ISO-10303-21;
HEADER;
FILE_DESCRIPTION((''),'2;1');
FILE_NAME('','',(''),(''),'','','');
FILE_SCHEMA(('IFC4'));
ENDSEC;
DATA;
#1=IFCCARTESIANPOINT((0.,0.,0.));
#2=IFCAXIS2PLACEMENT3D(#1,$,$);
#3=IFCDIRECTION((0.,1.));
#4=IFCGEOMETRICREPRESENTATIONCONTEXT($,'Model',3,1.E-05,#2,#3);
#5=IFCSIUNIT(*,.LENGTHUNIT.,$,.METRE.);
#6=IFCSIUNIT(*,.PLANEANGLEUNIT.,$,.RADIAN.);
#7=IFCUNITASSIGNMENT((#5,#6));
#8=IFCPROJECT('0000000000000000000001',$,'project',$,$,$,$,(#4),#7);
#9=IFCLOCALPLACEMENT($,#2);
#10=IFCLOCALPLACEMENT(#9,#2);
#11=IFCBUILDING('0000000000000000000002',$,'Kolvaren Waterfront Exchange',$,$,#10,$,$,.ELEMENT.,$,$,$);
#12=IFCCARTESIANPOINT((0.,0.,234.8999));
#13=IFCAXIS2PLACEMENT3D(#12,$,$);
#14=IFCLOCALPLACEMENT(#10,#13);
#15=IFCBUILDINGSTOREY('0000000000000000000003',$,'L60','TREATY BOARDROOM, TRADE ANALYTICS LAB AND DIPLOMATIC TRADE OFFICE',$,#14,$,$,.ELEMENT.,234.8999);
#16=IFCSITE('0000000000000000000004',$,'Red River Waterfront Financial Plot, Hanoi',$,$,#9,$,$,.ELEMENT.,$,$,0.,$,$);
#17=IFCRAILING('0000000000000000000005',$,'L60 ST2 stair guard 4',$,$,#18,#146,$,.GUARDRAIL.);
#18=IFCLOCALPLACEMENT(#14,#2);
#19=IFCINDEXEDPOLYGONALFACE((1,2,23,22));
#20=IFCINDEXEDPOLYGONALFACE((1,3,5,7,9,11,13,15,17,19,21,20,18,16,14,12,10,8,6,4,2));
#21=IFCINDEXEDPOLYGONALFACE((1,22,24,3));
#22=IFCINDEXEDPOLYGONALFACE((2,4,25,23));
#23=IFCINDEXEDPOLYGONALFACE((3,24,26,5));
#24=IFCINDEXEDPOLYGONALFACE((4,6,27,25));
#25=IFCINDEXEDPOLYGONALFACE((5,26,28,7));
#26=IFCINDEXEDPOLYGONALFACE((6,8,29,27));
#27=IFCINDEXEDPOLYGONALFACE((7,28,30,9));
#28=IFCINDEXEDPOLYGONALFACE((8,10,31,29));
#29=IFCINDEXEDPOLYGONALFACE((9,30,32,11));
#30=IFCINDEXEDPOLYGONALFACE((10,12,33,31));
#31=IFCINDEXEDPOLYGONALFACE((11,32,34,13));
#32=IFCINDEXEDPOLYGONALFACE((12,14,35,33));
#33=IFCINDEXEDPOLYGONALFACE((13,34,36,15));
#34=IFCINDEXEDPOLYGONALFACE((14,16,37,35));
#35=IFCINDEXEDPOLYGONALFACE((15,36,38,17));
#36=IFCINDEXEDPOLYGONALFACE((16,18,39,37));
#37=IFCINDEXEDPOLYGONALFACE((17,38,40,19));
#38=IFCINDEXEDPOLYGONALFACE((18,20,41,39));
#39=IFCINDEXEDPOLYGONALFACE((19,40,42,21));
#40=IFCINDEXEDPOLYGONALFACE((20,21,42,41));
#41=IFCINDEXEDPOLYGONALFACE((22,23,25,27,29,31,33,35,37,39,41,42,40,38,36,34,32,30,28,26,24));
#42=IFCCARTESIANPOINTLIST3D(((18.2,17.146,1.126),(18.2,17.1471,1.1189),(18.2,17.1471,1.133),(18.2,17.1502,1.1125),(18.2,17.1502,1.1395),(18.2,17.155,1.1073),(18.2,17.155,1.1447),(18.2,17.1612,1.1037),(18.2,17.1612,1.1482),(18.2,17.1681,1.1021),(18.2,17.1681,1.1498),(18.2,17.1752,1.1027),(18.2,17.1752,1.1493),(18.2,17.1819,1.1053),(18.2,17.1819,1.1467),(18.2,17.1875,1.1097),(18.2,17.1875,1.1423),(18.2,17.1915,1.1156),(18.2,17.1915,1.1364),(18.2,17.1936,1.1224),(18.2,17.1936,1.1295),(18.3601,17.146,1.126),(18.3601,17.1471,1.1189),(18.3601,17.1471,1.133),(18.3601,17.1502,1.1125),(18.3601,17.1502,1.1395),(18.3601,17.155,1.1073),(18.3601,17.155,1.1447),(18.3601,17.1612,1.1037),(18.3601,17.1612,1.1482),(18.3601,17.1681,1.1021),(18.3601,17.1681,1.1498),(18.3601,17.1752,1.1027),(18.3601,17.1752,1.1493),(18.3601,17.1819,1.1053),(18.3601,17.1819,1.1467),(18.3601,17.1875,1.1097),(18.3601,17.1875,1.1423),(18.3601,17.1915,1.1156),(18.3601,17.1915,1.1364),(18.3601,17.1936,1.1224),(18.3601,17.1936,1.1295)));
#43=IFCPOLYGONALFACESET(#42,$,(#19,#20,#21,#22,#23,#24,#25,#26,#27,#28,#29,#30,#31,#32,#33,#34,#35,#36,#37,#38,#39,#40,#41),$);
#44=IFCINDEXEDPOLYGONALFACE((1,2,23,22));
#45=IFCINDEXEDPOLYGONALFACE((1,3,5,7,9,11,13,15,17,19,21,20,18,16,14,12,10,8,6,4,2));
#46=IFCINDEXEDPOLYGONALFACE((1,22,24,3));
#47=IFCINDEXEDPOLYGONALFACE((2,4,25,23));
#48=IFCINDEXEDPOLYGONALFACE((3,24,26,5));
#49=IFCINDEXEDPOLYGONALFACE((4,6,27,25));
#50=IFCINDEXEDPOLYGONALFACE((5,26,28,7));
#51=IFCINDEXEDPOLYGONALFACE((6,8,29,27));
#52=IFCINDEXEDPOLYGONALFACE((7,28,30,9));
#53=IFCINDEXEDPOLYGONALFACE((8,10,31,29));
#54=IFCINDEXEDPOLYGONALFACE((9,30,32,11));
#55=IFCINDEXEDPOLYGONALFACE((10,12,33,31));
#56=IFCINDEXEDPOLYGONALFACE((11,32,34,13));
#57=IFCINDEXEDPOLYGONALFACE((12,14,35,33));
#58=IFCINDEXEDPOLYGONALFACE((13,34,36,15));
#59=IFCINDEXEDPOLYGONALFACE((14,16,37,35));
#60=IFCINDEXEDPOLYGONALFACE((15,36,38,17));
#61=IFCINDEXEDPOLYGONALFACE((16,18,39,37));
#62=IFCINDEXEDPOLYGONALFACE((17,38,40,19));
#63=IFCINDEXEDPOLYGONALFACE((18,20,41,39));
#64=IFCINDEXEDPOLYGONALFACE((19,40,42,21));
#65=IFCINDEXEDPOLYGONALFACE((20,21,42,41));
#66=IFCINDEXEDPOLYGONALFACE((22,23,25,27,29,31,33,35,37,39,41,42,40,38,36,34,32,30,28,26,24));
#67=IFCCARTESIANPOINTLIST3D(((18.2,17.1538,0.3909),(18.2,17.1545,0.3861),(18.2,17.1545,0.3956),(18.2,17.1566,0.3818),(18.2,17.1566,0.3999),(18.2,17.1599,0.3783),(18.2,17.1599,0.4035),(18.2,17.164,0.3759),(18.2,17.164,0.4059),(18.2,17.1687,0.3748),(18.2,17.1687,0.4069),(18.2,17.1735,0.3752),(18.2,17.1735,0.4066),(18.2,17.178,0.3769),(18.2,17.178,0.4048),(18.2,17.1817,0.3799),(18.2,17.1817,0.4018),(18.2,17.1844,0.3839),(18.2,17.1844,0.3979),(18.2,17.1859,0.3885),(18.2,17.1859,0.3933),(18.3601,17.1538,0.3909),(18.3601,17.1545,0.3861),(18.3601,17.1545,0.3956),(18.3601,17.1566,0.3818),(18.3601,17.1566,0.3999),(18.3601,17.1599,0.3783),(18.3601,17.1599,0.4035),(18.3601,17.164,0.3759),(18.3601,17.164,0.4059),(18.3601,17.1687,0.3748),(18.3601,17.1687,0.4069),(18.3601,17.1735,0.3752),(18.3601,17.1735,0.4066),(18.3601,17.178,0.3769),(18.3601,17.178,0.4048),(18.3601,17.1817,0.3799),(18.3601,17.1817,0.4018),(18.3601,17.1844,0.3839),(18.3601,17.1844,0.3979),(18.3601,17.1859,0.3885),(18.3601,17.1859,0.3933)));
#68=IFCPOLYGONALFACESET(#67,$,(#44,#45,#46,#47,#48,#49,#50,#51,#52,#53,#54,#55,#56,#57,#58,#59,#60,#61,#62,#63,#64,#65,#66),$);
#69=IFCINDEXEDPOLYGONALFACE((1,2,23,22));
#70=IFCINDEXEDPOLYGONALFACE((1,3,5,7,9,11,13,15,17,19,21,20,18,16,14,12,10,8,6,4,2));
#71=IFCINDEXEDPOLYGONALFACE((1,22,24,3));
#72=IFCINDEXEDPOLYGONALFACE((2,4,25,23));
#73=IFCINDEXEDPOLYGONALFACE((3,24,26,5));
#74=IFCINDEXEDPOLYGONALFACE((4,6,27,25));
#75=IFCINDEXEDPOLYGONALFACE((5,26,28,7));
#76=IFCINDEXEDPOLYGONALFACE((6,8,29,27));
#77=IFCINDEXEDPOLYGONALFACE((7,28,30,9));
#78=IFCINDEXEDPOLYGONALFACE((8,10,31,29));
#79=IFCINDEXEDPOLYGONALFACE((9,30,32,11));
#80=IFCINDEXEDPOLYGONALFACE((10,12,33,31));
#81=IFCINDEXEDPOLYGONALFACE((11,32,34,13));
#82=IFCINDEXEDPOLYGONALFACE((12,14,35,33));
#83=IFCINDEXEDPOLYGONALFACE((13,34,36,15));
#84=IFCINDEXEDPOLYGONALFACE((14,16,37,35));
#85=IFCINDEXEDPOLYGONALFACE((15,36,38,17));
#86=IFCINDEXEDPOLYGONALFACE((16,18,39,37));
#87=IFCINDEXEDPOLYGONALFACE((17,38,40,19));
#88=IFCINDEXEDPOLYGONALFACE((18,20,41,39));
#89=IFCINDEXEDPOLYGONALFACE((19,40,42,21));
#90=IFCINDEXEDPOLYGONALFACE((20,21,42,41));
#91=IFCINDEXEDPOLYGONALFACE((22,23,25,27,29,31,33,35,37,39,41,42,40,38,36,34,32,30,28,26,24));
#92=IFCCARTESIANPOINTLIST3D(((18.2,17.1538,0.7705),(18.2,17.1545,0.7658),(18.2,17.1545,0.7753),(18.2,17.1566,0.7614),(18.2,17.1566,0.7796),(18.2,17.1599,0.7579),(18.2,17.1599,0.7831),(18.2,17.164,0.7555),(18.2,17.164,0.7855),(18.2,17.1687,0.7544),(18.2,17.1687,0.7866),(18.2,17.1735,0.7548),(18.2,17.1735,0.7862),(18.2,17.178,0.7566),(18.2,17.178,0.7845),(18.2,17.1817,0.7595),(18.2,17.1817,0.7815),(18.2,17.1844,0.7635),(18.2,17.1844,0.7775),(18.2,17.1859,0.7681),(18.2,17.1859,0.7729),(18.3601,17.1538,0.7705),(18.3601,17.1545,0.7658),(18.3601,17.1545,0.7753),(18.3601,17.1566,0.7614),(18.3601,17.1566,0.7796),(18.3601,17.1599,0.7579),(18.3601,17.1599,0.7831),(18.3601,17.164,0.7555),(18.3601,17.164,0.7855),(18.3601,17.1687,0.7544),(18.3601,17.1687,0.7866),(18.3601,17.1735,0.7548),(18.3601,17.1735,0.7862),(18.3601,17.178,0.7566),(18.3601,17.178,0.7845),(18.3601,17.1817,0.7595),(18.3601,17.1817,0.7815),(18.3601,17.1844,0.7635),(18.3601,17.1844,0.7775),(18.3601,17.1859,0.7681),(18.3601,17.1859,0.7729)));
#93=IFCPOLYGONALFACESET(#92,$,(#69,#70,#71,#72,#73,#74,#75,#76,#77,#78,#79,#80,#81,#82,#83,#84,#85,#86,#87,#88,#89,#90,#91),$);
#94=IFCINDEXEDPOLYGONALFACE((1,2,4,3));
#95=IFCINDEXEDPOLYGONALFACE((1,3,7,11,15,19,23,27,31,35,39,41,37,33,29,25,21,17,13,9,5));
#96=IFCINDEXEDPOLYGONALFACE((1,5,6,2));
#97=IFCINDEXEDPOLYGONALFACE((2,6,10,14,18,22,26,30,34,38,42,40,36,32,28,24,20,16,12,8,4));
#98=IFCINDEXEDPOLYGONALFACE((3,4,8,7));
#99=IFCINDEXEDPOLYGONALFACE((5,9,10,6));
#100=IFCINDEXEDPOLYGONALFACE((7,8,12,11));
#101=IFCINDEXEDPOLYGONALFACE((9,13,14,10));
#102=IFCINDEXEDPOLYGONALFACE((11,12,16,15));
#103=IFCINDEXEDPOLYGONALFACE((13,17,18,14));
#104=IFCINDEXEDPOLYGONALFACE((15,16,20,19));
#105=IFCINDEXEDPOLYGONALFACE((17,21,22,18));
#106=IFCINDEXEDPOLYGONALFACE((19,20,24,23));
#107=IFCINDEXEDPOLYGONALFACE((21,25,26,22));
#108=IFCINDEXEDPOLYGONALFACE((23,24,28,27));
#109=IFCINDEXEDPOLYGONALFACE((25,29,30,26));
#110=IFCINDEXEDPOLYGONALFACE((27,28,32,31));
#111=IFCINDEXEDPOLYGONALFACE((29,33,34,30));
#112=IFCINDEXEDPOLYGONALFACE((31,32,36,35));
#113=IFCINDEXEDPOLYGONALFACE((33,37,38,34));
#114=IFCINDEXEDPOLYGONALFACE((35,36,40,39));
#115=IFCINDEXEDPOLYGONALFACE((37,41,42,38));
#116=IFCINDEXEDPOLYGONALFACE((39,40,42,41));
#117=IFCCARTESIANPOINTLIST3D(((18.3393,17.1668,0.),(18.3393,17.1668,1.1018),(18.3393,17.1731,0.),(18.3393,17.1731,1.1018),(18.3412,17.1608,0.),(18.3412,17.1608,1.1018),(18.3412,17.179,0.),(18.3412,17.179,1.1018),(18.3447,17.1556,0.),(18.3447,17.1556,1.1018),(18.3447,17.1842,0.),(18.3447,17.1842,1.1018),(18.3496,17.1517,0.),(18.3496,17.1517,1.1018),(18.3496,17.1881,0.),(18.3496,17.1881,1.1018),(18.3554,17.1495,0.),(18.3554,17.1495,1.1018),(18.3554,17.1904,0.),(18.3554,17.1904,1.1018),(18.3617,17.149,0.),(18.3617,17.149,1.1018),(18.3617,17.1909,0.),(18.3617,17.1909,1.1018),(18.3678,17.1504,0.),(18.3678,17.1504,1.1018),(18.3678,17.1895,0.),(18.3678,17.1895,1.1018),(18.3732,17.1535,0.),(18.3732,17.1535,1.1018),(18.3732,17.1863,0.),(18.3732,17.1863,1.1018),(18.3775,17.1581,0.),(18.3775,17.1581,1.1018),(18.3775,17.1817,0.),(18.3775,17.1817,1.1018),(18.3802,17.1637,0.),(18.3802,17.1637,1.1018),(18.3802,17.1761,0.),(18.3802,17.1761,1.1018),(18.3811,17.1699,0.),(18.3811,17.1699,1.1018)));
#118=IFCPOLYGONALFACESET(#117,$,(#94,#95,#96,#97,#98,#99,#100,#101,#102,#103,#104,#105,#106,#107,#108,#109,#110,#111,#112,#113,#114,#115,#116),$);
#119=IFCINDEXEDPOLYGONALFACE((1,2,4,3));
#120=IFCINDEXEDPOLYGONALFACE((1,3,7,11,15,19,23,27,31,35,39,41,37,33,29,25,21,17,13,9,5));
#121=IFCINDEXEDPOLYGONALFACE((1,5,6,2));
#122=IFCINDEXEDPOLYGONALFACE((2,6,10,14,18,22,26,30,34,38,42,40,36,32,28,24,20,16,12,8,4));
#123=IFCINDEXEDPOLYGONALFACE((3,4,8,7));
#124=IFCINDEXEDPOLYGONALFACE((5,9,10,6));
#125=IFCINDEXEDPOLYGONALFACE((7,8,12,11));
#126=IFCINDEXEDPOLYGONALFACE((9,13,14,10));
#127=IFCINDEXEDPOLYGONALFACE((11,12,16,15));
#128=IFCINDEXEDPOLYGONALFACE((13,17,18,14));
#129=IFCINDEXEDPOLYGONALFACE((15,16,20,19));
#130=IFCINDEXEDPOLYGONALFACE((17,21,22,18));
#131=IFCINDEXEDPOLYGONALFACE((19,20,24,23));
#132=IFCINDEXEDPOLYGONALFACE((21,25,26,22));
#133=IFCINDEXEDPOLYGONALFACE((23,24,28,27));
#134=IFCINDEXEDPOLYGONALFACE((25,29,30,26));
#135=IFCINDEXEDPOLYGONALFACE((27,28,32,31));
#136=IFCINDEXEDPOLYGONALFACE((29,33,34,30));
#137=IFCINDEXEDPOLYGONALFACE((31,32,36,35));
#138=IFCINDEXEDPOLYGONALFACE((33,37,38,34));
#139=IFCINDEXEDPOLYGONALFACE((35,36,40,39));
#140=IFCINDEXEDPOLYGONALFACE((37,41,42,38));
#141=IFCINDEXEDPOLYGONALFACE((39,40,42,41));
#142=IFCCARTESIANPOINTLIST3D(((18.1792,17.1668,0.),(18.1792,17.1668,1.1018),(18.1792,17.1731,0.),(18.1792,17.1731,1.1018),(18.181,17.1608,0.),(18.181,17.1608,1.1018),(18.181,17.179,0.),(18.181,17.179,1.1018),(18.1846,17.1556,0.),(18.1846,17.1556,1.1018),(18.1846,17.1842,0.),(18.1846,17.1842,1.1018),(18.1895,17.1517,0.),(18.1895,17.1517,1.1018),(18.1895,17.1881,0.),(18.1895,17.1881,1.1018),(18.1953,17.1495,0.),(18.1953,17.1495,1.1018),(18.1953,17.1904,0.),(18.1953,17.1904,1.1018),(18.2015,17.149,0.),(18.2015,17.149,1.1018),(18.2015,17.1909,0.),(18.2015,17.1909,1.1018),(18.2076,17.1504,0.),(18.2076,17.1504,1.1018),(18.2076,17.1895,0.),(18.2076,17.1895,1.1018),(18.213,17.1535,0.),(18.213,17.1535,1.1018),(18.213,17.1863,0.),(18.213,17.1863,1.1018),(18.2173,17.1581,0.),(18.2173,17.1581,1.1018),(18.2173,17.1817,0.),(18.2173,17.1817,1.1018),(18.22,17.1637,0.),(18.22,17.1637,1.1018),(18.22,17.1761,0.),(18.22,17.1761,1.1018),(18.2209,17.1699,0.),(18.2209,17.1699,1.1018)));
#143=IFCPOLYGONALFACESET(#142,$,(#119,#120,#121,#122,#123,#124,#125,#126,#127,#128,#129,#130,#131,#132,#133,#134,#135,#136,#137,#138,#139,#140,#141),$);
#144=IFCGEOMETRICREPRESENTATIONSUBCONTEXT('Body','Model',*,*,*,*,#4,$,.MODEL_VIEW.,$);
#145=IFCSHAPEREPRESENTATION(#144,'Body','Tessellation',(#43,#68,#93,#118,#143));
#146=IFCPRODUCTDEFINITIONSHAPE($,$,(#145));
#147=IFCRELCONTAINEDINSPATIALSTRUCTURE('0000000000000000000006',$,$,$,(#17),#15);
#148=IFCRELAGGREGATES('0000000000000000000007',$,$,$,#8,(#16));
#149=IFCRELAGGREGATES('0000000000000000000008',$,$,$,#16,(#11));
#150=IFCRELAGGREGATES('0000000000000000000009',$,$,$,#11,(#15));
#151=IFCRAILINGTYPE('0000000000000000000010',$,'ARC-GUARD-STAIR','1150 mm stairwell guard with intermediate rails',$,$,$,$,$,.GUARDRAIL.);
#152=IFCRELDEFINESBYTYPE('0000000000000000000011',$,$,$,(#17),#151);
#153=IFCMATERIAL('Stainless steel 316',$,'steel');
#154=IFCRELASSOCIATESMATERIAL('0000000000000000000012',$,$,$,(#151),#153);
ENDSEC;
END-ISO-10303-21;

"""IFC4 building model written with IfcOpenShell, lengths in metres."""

from ifc_helpers import new_model, si_unit, direction, frame, origin, origin_2d, place, context, subcontext, project, spatial, circle, extrude, material, type_object, element, save


model = new_model("IFC4")

# Units and contexts
model_context = context("Model", 3, precision=1e-05, world=origin(), true_north=direction((0.0, 1.0)))
body_context = subcontext(model_context, "Body", "Model", "MODEL_VIEW")
ifc_project = project(units=[si_unit("LENGTHUNIT", "METRE"), si_unit("PLANEANGLEUNIT", "RADIAN")], contexts=[model_context])

# Site, building, storey
site_placement = place(None, origin())
site = spatial("IfcSite", under=ifc_project, at=site_placement, Name="Red River Waterfront Financial Plot, Hanoi", CompositionType="ELEMENT", RefElevation=0.0)
building_placement = place(site_placement, origin())
building = spatial("IfcBuilding", under=site, at=building_placement, Name="Kolvaren Waterfront Exchange", CompositionType="ELEMENT")
storey_placement = place(building_placement, frame((0.0, 0.0, 234.8999)))
storey = spatial("IfcBuildingStorey", under=building, at=storey_placement, Name="L60", Description="TREATY BOARDROOM, TRADE ANALYTICS LAB AND DIPLOMATIC TRADE OFFICE", CompositionType="ELEMENT", Elevation=234.8999)

# Railing
ifc_material_1 = material(Name="Stainless steel 316", Category="steel")
railing_type_1 = type_object("IfcRailingType", Name="ARC-GUARD-STAIR", Description="1150 mm stairwell guard with intermediate rails", PredefinedType="GUARDRAIL", material=ifc_material_1)
railing_1_placement = place(storey_placement, frame((18.3601, 17.1699, 0.0)))
element("IfcRailing", 1, at=railing_1_placement, inside=storey, type_object=railing_type_1, Name="L60 ST2 stair guard 4", PredefinedType="GUARDRAIL", context=body_context, shape_type="SweptSolid", body=[
    extrude(circle(Radius=0.0239, at=origin_2d()), frame((0.0, 0.0, 1.126), z_axis=(-1.0, 0.0, 0.0), x_axis=(0.0, -1.0, 0.0)), (0.0, 0.0, 1.0), 0.1602),
    extrude(circle(Radius=0.0161, at=origin_2d()), frame((0.0, 0.0, 0.3909), z_axis=(-1.0, 0.0, 0.0), x_axis=(0.0, -1.0, 0.0)), (0.0, 0.0, 1.0), 0.1602),
    extrude(circle(Radius=0.0161, at=origin_2d()), frame((0.0, 0.0, 0.7705), z_axis=(-1.0, 0.0, 0.0), x_axis=(0.0, -1.0, 0.0)), (0.0, 0.0, 1.0), 0.1602),
    extrude(circle(Radius=0.021, at=origin_2d()), origin(), (0.0, 0.0, 1.0), 1.1018),
    extrude(circle(Radius=0.021, at=origin_2d()), frame((-0.1602, 0.0, 0.0)), (0.0, 0.0, 1.0), 1.1018),
])

save(model, "model.ifc")
